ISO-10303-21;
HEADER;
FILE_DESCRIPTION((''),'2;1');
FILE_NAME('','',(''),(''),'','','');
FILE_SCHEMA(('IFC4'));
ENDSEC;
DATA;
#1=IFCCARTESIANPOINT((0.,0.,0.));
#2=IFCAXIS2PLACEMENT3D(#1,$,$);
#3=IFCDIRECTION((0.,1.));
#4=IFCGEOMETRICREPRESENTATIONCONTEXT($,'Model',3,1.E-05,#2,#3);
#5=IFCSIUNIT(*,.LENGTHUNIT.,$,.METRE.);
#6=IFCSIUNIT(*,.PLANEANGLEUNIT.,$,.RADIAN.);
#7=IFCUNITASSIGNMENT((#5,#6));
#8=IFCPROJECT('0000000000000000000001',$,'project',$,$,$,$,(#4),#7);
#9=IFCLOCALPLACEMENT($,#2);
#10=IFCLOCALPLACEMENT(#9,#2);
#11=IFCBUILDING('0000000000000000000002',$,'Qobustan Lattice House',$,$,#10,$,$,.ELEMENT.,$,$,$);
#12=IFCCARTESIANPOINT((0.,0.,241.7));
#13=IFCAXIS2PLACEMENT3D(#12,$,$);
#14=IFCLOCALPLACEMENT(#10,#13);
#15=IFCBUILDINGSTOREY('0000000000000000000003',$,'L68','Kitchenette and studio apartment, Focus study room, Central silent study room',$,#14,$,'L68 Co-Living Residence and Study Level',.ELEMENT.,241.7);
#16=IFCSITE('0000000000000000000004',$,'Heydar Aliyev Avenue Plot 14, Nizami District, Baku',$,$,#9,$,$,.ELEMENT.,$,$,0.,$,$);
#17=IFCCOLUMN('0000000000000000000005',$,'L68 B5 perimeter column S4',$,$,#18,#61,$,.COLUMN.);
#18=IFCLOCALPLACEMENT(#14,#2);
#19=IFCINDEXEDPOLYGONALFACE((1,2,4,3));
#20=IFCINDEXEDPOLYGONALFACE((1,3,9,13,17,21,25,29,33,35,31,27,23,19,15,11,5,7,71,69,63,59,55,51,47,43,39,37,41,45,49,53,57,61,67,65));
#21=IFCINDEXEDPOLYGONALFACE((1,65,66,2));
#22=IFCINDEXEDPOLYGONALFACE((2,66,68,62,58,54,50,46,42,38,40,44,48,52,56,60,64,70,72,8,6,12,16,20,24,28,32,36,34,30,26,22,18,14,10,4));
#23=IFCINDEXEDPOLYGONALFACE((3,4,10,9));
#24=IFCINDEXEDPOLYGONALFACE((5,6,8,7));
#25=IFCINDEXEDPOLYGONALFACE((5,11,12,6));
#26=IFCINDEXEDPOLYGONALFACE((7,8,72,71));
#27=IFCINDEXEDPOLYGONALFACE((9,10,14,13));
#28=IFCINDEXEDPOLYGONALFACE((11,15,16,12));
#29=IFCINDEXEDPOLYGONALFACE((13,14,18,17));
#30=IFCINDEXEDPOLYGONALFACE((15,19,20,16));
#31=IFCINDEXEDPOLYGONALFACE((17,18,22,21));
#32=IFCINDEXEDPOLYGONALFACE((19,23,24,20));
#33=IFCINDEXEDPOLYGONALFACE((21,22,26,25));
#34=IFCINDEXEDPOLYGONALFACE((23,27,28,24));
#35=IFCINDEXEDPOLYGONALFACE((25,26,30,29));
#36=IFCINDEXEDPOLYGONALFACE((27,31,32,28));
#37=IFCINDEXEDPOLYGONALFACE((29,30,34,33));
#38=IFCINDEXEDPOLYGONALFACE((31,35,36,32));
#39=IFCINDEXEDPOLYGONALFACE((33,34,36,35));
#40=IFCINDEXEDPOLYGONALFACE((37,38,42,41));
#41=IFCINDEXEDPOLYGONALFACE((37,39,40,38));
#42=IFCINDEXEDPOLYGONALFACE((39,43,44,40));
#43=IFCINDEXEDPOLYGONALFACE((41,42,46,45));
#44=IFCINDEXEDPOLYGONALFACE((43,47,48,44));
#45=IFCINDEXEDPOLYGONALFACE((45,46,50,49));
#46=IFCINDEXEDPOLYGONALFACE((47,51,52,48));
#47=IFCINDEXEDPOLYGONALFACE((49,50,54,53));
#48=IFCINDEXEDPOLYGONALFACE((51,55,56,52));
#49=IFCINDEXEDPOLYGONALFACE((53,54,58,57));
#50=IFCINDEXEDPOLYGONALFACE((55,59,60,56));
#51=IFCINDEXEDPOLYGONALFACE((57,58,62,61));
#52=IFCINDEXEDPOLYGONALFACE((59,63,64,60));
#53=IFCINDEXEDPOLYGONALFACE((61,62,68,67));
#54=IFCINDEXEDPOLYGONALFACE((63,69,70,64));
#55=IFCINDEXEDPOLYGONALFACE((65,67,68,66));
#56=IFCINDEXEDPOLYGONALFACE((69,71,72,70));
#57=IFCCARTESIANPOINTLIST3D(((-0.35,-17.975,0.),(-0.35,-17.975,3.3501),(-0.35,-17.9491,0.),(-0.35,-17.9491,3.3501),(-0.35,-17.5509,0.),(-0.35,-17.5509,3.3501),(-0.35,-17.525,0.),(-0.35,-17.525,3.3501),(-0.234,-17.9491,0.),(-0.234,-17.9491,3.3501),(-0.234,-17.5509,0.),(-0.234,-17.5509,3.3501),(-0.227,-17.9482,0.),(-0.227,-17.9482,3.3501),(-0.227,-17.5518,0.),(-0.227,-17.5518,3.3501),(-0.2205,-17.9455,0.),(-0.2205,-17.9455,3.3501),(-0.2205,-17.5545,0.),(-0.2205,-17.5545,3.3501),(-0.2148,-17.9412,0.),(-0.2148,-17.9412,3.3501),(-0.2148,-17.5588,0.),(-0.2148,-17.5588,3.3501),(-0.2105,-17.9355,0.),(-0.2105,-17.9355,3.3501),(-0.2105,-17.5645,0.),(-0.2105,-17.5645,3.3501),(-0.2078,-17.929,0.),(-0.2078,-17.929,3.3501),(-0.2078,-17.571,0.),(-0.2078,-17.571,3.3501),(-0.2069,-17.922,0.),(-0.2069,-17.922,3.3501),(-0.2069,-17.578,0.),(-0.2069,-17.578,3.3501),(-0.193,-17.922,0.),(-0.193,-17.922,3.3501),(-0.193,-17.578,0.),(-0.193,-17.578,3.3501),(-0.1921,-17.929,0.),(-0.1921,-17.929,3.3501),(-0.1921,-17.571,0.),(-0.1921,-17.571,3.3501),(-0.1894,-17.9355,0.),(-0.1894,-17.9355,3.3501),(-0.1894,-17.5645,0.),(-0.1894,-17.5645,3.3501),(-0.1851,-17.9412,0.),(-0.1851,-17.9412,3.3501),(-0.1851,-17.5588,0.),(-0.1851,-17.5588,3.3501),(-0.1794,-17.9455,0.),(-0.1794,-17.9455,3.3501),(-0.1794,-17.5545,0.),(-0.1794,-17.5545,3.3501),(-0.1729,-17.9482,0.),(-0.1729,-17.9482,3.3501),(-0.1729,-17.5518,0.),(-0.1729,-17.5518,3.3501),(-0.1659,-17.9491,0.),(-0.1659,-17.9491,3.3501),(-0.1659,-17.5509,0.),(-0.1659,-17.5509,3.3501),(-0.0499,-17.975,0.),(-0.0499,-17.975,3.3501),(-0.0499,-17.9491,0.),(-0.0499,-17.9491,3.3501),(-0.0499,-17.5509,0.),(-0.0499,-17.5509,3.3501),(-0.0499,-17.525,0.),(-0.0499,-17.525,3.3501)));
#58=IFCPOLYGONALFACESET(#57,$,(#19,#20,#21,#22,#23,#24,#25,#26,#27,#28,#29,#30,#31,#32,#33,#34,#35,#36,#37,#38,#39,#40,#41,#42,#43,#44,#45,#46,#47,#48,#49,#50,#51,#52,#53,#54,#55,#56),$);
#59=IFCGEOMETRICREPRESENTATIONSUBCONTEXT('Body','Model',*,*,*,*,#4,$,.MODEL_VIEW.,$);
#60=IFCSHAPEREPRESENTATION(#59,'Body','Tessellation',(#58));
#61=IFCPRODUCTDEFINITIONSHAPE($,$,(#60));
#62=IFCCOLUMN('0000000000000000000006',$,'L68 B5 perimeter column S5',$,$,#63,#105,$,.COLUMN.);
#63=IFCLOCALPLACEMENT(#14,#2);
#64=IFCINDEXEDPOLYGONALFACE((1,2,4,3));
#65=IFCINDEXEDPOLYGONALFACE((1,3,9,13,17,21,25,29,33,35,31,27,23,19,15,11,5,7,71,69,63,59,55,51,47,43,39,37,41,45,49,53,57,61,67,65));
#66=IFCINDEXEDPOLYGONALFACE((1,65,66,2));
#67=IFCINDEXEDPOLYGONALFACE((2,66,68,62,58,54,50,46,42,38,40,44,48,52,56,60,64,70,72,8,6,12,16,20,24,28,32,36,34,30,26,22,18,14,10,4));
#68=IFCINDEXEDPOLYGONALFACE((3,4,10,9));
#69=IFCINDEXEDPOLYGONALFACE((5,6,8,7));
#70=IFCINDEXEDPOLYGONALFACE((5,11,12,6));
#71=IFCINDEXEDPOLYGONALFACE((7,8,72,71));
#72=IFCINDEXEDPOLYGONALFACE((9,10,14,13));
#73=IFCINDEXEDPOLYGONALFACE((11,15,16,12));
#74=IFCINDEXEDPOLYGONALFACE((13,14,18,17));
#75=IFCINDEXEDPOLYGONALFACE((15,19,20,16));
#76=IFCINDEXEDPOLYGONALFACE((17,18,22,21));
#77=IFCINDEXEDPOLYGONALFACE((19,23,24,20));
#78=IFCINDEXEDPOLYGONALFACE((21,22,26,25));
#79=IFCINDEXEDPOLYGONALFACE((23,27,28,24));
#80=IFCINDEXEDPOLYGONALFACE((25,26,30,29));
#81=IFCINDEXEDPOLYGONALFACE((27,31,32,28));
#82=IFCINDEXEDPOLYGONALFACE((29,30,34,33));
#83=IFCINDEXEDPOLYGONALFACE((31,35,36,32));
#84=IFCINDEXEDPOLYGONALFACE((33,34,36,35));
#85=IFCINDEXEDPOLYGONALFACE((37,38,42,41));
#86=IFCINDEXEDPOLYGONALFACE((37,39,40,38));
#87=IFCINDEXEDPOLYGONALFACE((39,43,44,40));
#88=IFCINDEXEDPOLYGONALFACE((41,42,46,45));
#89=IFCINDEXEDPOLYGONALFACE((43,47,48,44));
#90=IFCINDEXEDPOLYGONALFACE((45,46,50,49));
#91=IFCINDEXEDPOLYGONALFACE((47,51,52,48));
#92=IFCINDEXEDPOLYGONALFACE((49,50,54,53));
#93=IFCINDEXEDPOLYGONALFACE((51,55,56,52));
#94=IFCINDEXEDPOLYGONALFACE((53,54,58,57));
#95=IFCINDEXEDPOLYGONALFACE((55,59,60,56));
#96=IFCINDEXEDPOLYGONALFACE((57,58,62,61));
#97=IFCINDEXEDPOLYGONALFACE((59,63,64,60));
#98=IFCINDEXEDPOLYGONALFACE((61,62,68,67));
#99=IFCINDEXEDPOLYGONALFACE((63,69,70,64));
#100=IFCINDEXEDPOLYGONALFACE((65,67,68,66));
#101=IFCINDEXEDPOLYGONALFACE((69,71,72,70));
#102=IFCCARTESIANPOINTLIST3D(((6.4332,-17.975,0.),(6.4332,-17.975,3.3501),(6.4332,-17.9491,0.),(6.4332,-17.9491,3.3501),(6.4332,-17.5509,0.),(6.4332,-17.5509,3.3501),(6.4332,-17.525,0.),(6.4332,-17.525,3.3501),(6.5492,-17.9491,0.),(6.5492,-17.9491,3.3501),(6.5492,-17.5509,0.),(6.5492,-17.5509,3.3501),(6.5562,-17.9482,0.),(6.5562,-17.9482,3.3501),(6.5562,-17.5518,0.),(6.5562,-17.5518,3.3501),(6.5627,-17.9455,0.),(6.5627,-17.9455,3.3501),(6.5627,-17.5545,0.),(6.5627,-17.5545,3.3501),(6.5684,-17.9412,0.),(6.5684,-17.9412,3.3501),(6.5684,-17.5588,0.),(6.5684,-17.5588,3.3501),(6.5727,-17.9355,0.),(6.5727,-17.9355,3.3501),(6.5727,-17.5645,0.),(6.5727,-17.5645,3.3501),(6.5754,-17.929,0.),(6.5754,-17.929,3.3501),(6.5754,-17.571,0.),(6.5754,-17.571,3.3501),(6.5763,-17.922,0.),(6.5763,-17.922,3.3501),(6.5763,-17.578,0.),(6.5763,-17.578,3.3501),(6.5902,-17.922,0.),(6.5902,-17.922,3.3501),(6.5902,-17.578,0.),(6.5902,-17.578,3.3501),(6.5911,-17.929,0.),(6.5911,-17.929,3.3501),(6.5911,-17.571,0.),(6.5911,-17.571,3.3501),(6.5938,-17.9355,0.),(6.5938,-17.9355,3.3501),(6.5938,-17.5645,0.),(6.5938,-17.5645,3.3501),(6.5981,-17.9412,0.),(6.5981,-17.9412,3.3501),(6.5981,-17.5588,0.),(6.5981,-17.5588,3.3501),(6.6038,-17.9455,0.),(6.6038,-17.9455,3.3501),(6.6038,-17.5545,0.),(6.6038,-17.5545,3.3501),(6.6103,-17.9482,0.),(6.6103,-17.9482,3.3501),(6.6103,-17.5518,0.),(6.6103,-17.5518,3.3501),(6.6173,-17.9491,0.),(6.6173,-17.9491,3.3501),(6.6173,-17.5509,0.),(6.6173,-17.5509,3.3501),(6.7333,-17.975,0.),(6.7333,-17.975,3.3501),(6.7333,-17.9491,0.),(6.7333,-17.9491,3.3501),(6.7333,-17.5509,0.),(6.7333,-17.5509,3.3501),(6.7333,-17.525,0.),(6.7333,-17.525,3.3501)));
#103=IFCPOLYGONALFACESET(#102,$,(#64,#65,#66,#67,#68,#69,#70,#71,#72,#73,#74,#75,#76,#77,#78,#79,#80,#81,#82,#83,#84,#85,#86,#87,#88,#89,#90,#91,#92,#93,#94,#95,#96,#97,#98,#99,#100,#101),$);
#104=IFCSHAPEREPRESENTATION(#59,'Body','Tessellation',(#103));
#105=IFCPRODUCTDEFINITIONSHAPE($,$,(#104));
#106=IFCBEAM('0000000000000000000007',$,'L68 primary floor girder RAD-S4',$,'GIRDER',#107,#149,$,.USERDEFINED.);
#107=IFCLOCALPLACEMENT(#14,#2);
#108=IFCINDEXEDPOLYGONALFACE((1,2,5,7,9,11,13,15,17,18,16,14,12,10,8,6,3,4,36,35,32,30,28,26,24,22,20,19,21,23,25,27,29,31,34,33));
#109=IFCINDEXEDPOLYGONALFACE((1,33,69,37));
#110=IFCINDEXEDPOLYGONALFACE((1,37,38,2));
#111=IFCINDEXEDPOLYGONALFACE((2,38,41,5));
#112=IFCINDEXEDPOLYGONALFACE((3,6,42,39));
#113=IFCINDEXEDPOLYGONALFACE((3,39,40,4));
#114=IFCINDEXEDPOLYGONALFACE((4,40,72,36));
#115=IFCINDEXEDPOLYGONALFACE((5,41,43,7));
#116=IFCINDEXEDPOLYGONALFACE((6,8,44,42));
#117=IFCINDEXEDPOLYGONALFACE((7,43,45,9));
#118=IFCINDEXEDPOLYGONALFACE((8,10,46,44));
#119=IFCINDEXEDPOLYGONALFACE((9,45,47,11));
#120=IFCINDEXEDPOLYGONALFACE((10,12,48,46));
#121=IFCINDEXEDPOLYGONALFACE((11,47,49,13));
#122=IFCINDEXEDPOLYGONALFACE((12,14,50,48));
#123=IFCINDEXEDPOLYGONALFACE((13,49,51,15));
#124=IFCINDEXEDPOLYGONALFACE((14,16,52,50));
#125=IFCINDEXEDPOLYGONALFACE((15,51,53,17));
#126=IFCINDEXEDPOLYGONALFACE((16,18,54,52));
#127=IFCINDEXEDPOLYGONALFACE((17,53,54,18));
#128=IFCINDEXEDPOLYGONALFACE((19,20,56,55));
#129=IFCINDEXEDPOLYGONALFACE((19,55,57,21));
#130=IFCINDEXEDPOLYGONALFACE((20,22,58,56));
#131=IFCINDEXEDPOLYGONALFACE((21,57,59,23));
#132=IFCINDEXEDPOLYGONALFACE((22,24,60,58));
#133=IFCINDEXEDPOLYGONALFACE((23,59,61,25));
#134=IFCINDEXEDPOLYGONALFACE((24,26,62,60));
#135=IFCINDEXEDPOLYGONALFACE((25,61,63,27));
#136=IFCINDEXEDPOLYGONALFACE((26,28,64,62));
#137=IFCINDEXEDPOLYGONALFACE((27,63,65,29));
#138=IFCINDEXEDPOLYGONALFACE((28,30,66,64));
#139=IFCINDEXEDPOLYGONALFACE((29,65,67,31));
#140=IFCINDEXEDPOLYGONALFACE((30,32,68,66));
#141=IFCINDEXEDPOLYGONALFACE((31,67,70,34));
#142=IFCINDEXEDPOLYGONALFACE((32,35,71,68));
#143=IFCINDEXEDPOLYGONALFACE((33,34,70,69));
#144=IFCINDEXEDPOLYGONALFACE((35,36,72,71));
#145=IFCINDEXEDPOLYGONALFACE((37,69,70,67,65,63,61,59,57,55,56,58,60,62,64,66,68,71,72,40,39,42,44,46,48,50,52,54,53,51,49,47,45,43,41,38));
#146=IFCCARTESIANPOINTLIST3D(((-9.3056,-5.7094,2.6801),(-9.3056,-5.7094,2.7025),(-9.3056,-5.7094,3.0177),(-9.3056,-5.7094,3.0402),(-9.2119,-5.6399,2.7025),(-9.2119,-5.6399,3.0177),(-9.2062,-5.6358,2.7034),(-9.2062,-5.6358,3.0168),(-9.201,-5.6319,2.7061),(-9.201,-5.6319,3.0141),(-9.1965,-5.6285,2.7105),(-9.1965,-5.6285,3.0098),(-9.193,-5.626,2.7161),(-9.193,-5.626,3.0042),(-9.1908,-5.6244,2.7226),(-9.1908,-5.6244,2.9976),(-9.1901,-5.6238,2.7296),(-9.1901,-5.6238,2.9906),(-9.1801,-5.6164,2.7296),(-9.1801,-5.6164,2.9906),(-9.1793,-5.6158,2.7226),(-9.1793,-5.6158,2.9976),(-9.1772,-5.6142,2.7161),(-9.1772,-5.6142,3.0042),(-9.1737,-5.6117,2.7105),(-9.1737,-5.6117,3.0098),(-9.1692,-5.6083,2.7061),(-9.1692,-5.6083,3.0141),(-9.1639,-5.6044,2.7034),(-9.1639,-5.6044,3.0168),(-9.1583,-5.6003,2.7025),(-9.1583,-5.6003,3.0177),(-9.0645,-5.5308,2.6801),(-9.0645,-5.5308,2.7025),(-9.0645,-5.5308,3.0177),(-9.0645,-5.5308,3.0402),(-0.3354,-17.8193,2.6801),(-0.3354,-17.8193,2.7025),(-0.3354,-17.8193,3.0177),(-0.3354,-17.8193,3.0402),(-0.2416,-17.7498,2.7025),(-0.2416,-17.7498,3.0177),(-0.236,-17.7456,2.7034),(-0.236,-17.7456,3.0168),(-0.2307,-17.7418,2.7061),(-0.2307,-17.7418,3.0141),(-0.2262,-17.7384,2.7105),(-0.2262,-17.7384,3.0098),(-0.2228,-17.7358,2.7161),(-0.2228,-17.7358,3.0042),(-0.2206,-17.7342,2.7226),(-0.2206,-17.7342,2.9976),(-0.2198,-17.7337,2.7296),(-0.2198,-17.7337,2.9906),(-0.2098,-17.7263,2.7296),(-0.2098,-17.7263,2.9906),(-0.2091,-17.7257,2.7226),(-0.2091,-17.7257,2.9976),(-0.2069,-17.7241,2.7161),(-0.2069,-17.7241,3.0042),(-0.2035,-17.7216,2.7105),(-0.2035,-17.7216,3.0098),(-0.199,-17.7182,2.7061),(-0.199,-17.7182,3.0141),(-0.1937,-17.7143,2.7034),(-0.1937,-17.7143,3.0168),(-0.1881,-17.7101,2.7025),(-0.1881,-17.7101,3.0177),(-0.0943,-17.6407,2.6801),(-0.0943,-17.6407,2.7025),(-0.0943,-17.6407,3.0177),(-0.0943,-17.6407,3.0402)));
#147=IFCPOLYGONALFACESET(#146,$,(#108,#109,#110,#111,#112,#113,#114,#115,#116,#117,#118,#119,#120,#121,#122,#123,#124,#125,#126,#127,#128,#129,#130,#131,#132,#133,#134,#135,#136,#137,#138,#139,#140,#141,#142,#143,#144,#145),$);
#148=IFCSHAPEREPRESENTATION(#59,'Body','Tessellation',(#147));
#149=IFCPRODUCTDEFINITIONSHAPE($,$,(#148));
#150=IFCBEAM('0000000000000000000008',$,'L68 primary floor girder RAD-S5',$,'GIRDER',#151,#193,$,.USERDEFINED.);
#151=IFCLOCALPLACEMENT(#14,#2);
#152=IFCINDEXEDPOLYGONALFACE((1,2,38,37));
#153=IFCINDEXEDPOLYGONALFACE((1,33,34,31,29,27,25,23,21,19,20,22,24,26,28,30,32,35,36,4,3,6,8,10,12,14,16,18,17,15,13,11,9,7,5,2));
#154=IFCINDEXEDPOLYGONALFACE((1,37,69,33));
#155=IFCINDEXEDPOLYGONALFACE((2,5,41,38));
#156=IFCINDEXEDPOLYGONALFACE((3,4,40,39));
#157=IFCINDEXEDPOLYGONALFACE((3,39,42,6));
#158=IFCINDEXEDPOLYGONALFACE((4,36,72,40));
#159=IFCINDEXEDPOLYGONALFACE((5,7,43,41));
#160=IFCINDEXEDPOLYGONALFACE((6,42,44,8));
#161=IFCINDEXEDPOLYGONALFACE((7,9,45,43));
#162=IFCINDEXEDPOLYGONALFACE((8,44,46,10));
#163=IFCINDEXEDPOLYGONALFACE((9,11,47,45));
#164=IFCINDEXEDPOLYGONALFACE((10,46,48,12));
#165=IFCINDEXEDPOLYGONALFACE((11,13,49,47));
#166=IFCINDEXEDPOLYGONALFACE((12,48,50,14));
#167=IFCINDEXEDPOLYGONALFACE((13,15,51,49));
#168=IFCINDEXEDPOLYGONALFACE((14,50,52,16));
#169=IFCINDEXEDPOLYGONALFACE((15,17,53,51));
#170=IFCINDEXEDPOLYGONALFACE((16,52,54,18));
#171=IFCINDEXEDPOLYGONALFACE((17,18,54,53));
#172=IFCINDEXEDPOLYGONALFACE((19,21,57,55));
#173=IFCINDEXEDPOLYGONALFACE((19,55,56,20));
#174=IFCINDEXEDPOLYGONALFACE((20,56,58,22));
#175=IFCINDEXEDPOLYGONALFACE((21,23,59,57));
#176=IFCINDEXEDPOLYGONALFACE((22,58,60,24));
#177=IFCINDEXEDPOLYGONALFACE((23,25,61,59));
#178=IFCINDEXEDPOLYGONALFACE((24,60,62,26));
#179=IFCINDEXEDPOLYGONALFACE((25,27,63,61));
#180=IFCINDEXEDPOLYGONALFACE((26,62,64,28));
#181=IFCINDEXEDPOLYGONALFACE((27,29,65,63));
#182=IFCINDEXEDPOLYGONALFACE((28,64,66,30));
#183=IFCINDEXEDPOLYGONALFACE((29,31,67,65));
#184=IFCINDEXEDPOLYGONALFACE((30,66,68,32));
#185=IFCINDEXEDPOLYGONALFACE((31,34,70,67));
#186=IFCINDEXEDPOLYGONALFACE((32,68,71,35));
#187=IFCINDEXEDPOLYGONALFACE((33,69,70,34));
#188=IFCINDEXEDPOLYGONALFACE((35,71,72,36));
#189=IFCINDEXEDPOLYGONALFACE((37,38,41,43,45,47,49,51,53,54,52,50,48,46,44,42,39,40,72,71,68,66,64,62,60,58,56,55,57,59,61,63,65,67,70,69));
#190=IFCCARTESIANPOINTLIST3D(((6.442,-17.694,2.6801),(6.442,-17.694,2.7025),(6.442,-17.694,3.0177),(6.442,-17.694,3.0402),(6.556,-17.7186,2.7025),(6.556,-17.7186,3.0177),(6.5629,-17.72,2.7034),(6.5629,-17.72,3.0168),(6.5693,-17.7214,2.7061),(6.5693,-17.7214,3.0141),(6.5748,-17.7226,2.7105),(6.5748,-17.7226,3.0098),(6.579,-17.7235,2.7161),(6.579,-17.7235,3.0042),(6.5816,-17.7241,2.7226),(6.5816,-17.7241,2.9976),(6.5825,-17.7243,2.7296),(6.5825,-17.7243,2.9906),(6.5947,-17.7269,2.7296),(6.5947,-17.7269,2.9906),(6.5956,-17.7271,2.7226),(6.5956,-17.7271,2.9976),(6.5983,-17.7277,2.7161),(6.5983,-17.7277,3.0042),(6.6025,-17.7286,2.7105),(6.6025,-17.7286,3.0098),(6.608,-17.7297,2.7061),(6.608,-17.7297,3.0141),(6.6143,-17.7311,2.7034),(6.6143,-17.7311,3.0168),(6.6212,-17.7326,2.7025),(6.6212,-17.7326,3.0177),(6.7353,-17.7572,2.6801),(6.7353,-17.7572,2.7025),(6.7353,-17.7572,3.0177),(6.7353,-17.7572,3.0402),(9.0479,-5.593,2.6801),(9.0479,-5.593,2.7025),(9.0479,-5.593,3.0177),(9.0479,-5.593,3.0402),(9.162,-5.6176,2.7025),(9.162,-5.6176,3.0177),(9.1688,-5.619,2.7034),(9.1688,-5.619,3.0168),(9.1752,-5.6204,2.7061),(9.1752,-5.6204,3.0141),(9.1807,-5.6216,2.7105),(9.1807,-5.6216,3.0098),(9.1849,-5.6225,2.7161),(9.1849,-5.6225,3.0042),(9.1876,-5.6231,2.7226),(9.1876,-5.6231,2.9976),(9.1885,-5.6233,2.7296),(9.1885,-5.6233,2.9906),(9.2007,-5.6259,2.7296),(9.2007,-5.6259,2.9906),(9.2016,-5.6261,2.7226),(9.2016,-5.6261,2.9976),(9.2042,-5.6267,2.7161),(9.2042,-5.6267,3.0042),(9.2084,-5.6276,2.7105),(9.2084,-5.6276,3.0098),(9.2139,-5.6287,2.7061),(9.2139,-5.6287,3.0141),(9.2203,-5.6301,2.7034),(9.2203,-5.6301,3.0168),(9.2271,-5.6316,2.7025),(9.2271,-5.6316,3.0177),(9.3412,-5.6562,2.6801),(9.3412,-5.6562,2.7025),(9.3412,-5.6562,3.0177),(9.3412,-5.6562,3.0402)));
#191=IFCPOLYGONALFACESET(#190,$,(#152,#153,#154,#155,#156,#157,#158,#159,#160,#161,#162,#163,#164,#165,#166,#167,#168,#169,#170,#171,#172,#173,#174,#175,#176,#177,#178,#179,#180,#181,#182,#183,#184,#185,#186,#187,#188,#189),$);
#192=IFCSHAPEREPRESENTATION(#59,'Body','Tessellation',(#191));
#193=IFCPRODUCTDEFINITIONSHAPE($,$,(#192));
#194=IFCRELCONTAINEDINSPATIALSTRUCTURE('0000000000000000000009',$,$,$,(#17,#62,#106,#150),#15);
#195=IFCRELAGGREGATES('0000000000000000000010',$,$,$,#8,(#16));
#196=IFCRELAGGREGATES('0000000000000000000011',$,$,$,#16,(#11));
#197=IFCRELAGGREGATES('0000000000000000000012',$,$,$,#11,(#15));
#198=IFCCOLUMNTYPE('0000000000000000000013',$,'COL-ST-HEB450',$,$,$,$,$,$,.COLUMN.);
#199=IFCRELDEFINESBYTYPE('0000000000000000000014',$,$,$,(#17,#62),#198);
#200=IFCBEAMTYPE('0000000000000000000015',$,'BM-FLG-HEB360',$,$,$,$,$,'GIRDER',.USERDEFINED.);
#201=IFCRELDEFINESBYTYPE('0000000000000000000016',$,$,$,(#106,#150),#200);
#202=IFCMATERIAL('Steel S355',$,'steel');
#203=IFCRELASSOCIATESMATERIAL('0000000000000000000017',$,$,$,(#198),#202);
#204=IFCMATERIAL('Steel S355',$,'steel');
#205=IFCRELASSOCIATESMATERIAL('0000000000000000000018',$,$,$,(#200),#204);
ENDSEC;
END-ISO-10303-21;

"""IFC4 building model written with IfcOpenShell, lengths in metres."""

from ifc_helpers import new_model, si_unit, direction, frame, origin, origin_2d, place, context, subcontext, project, spatial, i_section, extrude, material, material_profile, profile_set, type_object, element, save


model = new_model("IFC4")

# Units and contexts
model_context = context("Model", 3, precision=1e-05, world=origin(), true_north=direction((0.0, 1.0)))
body_context = subcontext(model_context, "Body", "Model", "MODEL_VIEW")
ifc_project = project(units=[si_unit("LENGTHUNIT", "METRE"), si_unit("PLANEANGLEUNIT", "RADIAN")], contexts=[model_context])

# Site, building, storey
site_placement = place(None, origin())
site = spatial("IfcSite", under=ifc_project, at=site_placement, Name="Heydar Aliyev Avenue Plot 14, Nizami District, Baku", CompositionType="ELEMENT", RefElevation=0.0)
building_placement = place(site_placement, origin())
building = spatial("IfcBuilding", under=site, at=building_placement, Name="Qobustan Lattice House", CompositionType="ELEMENT")
storey_placement = place(building_placement, frame((0.0, 0.0, 241.7)))
storey = spatial("IfcBuildingStorey", under=building, at=storey_placement, Name="L68", Description="Kitchenette and studio apartment, Focus study room, Central silent study room", LongName="L68 Co-Living Residence and Study Level", CompositionType="ELEMENT", Elevation=241.7)

# Columns
ifc_material_1 = material(Name="Steel S355", Category="steel")
ifc_material_profile_1 = material_profile(ifc_material_1, i_section(OverallWidth=0.3, OverallDepth=0.45, WebThickness=0.0139, FlangeThickness=0.0259, FilletRadius=0.0271, at=origin_2d()), Name="HEB450")
ifc_profile_set_1 = profile_set([ifc_material_profile_1], Name="Steel S355")
column_type = type_object("IfcColumnType", Name="COL-ST-HEB450", PredefinedType="COLUMN", material=ifc_profile_set_1)
for number, where, z_axis, x_axis, name in (
    (1, (-0.2, -17.75, 0.0), (0.0, 0.0, 1.0), (1.0, 0.0, 0.0), "L68 B5 perimeter column S4"),
    (2, (6.5833, -17.75, 0.0), (0.0, 0.0, 1.0), (1.0, 0.0, 0.0), "L68 B5 perimeter column S5"),
):
    element("IfcColumn", number, at=place(storey_placement, frame(where, z_axis=z_axis, x_axis=x_axis)), inside=storey, type_object=column_type, Name=name, PredefinedType="COLUMN", context=body_context, shape_type="SweptSolid", body=[
        extrude(i_section(OverallWidth=0.3, OverallDepth=0.45, WebThickness=0.0139, FlangeThickness=0.0259, FilletRadius=0.0271, at=origin_2d()), origin(), (0.0, 0.0, 1.0), 3.3501),
    ])

# Beams
ifc_material_2 = material(Name="Steel S355", Category="steel")
ifc_material_profile_2 = material_profile(ifc_material_2, i_section(OverallWidth=0.3, OverallDepth=0.3601, WebThickness=0.0125, FlangeThickness=0.0225, FilletRadius=0.0271, at=origin_2d()), Name="HEB360")
ifc_profile_set_2 = profile_set([ifc_material_profile_2], Name="Steel S355")
beam_type_1 = type_object("IfcBeamType", Name="BM-FLG-HEB360", ElementType="GIRDER", PredefinedType="USERDEFINED", material=ifc_profile_set_2)
beam_1_placement = place(storey_placement, frame((-0.2148, -17.73, 2.8601), z_axis=(-0.595225, 0.803559, 0.0), x_axis=(-0.803559, -0.595225, 0.0)))
element("IfcBeam", 3, at=beam_1_placement, inside=storey, type_object=beam_type_1, Name="L68 primary floor girder RAD-S4", ObjectType="GIRDER", PredefinedType="USERDEFINED", context=body_context, shape_type="SweptSolid", body=[
    extrude(i_section(OverallWidth=0.3, OverallDepth=0.3601, WebThickness=0.0125, FlangeThickness=0.0225, FilletRadius=0.0271, at=origin_2d()), origin(), (0.0, 0.0, 1.0), 15.0703),
])
beam_2_placement = place(storey_placement, frame((6.5886, -17.7256, 2.8601), z_axis=(0.210523, 0.977589, 0.0), x_axis=(-0.977589, 0.210523, 0.0)))
element("IfcBeam", 4, at=beam_2_placement, inside=storey, type_object=beam_type_1, Name="L68 primary floor girder RAD-S5", ObjectType="GIRDER", PredefinedType="USERDEFINED", context=body_context, shape_type="SweptSolid", body=[
    extrude(i_section(OverallWidth=0.3, OverallDepth=0.3601, WebThickness=0.0125, FlangeThickness=0.0225, FilletRadius=0.0271, at=origin_2d()), origin(), (0.0, 0.0, 1.0), 12.3784),
])

save(model, "model.ifc")
